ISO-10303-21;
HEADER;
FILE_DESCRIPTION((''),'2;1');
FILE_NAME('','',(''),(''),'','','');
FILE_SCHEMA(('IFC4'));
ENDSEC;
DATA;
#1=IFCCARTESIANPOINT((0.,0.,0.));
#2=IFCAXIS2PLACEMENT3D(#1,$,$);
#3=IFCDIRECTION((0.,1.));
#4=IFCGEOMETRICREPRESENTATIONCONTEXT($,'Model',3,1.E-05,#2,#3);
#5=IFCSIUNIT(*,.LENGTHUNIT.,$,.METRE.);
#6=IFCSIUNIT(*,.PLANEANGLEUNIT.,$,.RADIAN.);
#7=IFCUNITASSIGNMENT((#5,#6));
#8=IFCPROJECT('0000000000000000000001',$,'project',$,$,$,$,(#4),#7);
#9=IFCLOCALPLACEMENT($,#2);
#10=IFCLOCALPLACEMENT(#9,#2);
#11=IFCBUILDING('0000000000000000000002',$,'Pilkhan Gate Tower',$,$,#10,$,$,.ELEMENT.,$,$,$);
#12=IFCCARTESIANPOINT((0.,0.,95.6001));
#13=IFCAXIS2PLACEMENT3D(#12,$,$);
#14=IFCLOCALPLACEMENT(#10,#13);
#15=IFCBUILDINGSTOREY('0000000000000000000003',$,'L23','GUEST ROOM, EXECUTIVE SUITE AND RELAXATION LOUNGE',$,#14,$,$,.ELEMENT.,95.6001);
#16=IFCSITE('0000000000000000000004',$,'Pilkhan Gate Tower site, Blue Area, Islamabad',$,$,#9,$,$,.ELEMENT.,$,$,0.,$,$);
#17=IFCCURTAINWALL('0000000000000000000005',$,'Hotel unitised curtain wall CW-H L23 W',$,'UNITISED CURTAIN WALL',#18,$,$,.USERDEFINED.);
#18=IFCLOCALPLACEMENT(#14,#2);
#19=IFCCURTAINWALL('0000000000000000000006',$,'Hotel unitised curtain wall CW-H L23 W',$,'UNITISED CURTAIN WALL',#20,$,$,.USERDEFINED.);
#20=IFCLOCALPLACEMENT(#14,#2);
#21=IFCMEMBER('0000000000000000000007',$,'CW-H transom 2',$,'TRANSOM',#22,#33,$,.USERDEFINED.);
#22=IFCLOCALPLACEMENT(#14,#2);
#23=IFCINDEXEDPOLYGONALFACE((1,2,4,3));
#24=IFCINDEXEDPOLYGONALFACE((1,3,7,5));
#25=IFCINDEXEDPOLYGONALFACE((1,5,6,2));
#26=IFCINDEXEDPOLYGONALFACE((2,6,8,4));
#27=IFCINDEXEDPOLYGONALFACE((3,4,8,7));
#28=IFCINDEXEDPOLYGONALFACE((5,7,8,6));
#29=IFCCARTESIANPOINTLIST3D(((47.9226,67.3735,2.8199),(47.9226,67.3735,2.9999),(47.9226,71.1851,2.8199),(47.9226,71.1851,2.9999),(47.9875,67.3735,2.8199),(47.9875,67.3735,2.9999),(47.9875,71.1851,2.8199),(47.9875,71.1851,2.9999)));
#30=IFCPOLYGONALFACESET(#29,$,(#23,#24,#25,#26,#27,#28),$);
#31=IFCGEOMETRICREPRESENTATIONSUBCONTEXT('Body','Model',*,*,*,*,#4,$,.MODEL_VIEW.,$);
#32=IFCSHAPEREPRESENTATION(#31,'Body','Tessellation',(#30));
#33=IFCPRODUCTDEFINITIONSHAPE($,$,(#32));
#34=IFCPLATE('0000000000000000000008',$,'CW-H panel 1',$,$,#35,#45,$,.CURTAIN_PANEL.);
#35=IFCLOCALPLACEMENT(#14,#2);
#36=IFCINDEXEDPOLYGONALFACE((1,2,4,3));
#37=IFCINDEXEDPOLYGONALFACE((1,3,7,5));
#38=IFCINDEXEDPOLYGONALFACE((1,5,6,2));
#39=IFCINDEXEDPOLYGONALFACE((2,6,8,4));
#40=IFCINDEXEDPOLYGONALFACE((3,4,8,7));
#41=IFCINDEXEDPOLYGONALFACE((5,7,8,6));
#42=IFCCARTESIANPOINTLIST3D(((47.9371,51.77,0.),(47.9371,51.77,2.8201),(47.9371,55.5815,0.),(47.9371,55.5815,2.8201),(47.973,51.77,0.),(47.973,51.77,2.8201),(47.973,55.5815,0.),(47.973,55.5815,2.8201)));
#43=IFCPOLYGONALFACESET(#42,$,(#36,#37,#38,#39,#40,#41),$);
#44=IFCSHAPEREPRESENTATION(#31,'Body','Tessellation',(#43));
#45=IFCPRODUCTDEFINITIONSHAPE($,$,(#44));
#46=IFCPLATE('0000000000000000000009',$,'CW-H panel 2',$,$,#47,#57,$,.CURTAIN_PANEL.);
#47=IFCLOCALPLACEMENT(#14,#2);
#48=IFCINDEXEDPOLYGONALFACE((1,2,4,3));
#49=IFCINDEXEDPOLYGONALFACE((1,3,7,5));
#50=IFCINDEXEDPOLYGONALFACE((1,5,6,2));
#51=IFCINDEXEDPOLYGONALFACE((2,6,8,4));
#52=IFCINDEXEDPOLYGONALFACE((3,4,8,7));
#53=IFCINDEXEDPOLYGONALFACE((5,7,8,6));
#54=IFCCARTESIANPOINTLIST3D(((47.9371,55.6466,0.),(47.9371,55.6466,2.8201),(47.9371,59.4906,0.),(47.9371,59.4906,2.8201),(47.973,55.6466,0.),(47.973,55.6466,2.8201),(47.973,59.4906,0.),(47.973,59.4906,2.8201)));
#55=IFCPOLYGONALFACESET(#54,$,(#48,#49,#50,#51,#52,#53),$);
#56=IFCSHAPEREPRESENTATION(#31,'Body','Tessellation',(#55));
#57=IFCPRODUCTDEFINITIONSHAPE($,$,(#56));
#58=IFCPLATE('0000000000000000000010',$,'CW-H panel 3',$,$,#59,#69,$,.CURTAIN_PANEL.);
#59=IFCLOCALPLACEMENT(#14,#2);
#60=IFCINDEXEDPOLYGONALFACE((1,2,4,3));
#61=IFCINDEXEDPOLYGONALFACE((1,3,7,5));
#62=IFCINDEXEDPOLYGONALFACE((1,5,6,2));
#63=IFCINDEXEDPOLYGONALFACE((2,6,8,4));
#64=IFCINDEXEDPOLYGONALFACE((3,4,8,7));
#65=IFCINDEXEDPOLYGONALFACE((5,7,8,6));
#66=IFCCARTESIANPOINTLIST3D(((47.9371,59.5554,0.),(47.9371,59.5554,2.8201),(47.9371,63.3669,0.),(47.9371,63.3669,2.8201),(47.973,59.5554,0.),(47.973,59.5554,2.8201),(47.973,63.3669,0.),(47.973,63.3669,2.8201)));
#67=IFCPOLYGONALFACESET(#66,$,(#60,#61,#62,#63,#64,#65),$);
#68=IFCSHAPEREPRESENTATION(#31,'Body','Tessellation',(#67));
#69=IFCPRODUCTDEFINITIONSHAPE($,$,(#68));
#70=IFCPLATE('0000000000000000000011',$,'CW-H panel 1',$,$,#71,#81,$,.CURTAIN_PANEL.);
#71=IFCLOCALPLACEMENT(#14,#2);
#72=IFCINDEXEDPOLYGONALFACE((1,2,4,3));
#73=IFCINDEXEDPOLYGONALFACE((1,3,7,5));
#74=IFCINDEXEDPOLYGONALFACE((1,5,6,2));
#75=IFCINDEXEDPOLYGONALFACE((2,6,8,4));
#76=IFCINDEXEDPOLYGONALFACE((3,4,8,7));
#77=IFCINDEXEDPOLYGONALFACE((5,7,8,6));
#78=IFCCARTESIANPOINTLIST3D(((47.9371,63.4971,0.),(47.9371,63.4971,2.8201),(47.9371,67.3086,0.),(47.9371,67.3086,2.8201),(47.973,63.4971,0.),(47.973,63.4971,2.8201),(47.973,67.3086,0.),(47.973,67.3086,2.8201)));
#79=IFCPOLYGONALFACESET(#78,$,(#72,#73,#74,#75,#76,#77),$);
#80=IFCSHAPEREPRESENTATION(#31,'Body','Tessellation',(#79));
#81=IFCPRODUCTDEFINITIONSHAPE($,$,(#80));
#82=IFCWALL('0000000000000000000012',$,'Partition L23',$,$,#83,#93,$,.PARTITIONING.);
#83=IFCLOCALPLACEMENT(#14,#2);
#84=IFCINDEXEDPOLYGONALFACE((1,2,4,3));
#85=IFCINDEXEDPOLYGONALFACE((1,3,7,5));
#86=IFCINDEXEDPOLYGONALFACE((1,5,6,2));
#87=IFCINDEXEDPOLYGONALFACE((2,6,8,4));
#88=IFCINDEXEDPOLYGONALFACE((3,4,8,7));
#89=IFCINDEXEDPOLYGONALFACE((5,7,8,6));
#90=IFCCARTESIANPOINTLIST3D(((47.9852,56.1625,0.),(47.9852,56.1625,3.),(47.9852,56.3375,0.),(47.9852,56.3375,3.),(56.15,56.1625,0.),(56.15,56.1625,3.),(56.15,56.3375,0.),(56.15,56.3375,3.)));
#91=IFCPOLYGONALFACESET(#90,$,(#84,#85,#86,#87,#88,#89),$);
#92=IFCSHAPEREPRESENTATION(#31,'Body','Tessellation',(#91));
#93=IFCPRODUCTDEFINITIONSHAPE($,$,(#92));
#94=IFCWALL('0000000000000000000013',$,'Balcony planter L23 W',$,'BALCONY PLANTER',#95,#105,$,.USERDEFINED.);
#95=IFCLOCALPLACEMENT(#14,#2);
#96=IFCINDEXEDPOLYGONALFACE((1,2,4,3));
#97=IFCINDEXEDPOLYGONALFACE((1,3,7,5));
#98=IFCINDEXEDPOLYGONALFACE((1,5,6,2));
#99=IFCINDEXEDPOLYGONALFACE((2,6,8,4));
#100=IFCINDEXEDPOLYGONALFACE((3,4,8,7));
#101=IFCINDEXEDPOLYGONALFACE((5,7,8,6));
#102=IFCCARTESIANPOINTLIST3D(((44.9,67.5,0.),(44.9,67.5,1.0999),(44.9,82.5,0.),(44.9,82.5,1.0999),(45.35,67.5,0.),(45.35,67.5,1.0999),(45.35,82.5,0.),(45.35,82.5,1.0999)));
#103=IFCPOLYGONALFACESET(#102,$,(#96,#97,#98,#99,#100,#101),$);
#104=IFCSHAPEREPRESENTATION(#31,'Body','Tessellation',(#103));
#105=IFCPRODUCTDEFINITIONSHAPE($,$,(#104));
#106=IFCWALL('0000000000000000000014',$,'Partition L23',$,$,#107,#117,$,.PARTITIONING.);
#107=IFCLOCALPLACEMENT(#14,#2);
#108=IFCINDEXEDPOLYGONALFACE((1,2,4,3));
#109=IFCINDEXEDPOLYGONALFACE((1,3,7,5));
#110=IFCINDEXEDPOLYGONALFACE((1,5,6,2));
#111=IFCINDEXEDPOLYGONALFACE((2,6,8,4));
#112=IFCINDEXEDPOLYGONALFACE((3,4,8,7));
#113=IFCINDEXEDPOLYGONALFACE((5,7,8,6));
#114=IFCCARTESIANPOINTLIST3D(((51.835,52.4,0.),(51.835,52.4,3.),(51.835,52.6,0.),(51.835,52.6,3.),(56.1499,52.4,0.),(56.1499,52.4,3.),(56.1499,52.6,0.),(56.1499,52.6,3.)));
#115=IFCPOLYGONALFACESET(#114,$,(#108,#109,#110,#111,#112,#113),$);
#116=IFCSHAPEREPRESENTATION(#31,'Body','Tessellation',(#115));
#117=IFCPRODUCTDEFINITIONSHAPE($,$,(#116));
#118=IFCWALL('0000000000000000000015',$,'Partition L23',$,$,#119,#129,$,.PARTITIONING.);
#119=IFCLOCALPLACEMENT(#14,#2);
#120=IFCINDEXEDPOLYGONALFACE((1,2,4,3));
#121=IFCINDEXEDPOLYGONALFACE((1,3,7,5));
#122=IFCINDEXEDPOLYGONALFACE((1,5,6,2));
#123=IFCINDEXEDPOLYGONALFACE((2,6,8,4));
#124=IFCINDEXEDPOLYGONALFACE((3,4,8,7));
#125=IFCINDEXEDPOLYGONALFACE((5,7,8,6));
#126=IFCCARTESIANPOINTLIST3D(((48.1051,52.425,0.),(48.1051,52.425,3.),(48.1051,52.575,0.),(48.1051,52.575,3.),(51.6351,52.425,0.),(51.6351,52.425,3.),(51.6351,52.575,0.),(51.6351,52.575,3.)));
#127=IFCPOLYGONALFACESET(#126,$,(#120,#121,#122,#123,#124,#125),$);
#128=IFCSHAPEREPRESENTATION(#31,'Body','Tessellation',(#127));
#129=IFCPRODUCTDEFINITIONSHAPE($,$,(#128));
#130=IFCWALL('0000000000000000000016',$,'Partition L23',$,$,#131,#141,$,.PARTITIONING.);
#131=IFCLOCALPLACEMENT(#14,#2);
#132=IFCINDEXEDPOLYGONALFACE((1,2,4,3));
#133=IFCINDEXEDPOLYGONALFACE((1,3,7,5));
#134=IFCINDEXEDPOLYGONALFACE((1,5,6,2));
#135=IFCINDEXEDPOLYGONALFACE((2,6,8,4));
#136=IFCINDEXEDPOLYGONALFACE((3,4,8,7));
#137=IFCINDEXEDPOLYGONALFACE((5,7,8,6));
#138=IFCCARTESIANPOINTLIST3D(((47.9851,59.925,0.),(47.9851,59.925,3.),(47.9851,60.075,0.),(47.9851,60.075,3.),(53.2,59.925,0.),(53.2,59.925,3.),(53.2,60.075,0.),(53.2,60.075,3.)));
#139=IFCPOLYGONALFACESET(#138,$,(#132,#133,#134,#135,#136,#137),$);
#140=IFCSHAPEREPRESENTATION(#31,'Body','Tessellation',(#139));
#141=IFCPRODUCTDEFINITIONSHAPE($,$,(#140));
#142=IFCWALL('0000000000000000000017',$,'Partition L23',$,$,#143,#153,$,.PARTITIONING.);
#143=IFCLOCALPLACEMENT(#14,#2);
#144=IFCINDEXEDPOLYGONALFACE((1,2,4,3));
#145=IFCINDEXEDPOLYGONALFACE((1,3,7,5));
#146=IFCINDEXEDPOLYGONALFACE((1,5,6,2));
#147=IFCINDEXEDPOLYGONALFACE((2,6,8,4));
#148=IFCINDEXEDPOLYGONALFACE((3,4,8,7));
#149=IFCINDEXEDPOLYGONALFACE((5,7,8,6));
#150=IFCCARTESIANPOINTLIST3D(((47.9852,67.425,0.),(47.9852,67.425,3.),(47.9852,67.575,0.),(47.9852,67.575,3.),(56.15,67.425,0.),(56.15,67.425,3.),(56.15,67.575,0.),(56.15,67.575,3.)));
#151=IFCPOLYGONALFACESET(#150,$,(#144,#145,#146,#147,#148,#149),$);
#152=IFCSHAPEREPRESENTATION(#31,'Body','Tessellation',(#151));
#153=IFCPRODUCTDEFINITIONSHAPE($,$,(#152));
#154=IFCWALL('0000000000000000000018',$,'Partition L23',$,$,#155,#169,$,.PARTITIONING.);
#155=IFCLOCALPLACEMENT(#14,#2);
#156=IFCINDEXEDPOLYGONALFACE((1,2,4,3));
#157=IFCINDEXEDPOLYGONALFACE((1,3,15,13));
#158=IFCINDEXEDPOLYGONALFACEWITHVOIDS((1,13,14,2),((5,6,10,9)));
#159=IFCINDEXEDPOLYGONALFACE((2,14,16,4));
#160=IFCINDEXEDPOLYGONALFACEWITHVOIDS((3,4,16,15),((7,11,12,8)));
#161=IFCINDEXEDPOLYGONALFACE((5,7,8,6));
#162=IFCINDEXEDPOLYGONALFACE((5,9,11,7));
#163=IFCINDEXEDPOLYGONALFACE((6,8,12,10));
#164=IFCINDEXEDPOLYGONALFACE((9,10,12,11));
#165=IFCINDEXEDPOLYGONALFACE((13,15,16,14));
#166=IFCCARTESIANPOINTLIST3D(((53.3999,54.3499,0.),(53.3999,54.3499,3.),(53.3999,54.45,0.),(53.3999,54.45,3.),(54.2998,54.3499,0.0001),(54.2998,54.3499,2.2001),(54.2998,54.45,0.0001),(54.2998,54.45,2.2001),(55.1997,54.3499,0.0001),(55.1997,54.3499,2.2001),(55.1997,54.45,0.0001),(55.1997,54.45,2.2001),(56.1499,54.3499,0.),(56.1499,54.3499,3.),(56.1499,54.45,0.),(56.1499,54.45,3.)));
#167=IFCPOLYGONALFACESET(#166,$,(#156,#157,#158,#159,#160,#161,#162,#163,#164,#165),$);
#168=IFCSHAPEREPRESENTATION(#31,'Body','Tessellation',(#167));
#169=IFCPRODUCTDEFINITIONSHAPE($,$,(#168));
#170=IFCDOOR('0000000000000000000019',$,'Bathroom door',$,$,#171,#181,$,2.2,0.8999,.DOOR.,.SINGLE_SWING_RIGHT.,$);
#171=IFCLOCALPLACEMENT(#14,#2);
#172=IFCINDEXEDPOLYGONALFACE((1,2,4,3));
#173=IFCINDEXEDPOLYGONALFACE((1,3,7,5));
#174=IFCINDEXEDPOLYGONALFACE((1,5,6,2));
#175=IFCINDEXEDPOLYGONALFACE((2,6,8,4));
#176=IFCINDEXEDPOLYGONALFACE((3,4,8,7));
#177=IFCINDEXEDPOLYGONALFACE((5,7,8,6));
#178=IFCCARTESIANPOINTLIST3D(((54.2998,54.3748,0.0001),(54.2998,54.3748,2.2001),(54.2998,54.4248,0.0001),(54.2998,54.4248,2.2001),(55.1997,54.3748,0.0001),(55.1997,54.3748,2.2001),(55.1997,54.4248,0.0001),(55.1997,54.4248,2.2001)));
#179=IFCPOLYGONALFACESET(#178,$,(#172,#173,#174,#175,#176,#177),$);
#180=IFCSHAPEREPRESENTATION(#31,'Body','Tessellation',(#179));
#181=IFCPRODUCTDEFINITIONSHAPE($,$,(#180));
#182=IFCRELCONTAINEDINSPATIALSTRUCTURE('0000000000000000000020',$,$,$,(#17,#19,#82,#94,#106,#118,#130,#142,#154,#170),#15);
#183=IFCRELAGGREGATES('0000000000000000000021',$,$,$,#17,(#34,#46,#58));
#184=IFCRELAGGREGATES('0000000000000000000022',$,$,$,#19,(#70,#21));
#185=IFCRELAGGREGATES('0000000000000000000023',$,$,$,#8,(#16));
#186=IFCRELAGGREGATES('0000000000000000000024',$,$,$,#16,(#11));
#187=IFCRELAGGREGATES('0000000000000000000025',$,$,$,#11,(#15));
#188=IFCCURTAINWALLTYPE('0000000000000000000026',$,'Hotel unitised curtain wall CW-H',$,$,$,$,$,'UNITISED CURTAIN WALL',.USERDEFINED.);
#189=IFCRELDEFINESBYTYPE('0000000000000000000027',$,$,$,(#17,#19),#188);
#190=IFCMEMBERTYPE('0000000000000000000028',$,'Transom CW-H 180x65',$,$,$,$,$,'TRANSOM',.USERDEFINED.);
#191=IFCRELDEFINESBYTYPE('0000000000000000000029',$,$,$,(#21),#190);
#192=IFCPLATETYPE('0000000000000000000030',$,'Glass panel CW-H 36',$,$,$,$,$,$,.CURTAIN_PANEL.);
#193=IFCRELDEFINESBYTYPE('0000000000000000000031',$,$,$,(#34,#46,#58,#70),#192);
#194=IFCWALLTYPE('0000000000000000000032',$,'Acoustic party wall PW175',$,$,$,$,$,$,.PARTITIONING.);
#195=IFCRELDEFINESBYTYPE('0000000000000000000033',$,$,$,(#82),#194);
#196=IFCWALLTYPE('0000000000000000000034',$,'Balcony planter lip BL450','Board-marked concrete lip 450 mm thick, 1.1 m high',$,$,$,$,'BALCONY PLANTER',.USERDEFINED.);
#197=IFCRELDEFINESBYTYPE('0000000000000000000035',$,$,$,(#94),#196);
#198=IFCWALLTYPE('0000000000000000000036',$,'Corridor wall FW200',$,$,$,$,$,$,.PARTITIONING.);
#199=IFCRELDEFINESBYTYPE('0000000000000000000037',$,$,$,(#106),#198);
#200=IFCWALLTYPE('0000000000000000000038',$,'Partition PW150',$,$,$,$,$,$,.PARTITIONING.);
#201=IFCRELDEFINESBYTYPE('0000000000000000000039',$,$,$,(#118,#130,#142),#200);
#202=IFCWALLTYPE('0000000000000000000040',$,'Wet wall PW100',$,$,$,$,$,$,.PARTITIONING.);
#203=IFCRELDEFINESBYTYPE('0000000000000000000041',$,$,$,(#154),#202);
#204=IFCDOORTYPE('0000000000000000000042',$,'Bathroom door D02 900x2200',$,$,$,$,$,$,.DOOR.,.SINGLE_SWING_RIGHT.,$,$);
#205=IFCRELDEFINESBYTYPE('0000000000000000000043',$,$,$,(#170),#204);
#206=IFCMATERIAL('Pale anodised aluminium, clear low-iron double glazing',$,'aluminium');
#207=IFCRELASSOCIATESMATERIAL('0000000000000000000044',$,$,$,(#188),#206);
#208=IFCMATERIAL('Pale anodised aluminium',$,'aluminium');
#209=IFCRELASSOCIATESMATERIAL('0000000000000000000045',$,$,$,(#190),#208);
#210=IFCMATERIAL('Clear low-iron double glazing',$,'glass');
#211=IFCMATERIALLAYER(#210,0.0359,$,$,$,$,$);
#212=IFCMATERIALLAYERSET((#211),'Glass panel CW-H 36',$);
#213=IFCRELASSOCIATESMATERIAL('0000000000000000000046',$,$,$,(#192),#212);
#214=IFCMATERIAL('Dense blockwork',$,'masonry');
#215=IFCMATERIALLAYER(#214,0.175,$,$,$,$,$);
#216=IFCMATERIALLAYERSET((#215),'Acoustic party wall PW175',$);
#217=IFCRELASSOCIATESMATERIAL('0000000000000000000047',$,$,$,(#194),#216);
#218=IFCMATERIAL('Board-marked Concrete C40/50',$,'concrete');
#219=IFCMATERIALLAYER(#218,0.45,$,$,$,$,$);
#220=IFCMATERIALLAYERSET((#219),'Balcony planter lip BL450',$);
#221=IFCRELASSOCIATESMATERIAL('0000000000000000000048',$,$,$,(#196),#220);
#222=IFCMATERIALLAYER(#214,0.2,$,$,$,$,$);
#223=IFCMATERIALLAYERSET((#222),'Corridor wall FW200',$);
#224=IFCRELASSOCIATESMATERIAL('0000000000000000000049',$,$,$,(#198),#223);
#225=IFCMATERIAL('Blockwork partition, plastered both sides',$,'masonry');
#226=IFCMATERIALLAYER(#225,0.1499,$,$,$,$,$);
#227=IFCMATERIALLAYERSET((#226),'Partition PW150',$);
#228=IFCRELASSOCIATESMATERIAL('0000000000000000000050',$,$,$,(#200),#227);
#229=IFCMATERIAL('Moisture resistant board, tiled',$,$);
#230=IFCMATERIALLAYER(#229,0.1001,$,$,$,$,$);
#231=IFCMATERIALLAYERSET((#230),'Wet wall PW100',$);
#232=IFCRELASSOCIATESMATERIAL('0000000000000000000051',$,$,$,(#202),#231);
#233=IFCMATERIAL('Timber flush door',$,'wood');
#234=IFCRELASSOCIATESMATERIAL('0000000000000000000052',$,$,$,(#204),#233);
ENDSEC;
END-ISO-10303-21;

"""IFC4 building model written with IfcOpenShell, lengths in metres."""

from ifc_helpers import new_model, si_unit, direction, frame, frame_2d, origin, origin_2d, place, context, subcontext, project, spatial, rectangle, extrude, material, layer, layer_set, material_profile, profile_set, type_object, element, fill, aggregate, save


model = new_model("IFC4")

# Units and contexts
model_context = context("Model", 3, precision=1e-05, world=origin(), true_north=direction((0.0, 1.0)))
body_context = subcontext(model_context, "Body", "Model", "MODEL_VIEW")
ifc_project = project(units=[si_unit("LENGTHUNIT", "METRE"), si_unit("PLANEANGLEUNIT", "RADIAN")], contexts=[model_context])

# Site, building, storey
site_placement = place(None, origin())
site = spatial("IfcSite", under=ifc_project, at=site_placement, Name="Pilkhan Gate Tower site, Blue Area, Islamabad", CompositionType="ELEMENT", RefElevation=0.0)
building_placement = place(site_placement, origin())
building = spatial("IfcBuilding", under=site, at=building_placement, Name="Pilkhan Gate Tower", CompositionType="ELEMENT")
storey_placement = place(building_placement, frame((0.0, 0.0, 95.6001)))
storey = spatial("IfcBuildingStorey", under=building, at=storey_placement, Name="L23", Description="GUEST ROOM, EXECUTIVE SUITE AND RELAXATION LOUNGE", CompositionType="ELEMENT", Elevation=95.6001)

# Curtain walls
ifc_material_1 = material(Name="Pale anodised aluminium, clear low-iron double glazing", Category="aluminium")
curtain_wall_type = type_object("IfcCurtainWallType", Name="Hotel unitised curtain wall CW-H", ElementType="UNITISED CURTAIN WALL", PredefinedType="USERDEFINED", material=ifc_material_1)
curtain_wall_1_placement = place(storey_placement, origin())
curtain_wall_1 = element("IfcCurtainWall", 1, at=curtain_wall_1_placement, inside=storey, type_object=curtain_wall_type, Name="Hotel unitised curtain wall CW-H L23 W", ObjectType="UNITISED CURTAIN WALL", PredefinedType="USERDEFINED")
ifc_material_2 = material(Name="Pale anodised aluminium", Category="aluminium")
curtain_wall_2_placement = place(storey_placement, origin())
curtain_wall_2 = element("IfcCurtainWall", 2, at=curtain_wall_2_placement, inside=storey, type_object=curtain_wall_type, Name="Hotel unitised curtain wall CW-H L23 W", ObjectType="UNITISED CURTAIN WALL", PredefinedType="USERDEFINED")

# Member
ifc_material_profile_1 = material_profile(ifc_material_2, rectangle(XDim=0.0649, YDim=0.1799, at=origin_2d()), Name="Transom 180x65")
ifc_profile_set_1 = profile_set([ifc_material_profile_1], Name="Pale anodised aluminium")
member_type_1 = type_object("IfcMemberType", Name="Transom CW-H 180x65", ElementType="TRANSOM", PredefinedType="USERDEFINED", material=ifc_profile_set_1)
member_1_placement = place(storey_placement, frame((47.9551, 67.3735, 2.9099), z_axis=(0.0, 1.0, 0.0), x_axis=(-1.0, 0.0, 0.0)))
member_1 = element("IfcMember", 3, at=member_1_placement, type_object=member_type_1, Name="CW-H transom 2", ObjectType="TRANSOM", PredefinedType="USERDEFINED", context=body_context, shape_type="SweptSolid", body=[
    extrude(rectangle(XDim=0.0649, YDim=0.1799, at=origin_2d()), origin(), (0.0, 0.0, 1.0), 3.8115),
])

# Plates
ifc_material_3 = material(Name="Clear low-iron double glazing", Category="glass")
ifc_layer_1 = layer(ifc_material_3, 0.0359)
ifc_layer_set_1 = layer_set([ifc_layer_1], Name="Glass panel CW-H 36")
plate_type = type_object("IfcPlateType", Name="Glass panel CW-H 36", PredefinedType="CURTAIN_PANEL", material=ifc_layer_set_1)
plate_1_placement = place(storey_placement, frame((47.9551, 53.6758, 0.0), z_axis=(0.0, 0.0, 1.0), x_axis=(0.0, 1.0, 0.0)))
plate_1 = element("IfcPlate", 4, at=plate_1_placement, type_object=plate_type, Name="CW-H panel 1", PredefinedType="CURTAIN_PANEL", context=body_context, shape_type="SweptSolid", body=[
    extrude(rectangle(XDim=3.8115, YDim=0.0359, at=origin_2d()), origin(), (0.0, 0.0, 1.0), 2.8201),
])
plate_2_placement = place(storey_placement, frame((47.9551, 57.5686, 0.0), z_axis=(0.0, 0.0, 1.0), x_axis=(0.0, 1.0, 0.0)))
plate_2 = element("IfcPlate", 5, at=plate_2_placement, type_object=plate_type, Name="CW-H panel 2", PredefinedType="CURTAIN_PANEL", context=body_context, shape_type="SweptSolid", body=[
    extrude(rectangle(XDim=3.844, YDim=0.0359, at=origin_2d()), origin(), (0.0, 0.0, 1.0), 2.8201),
])
plate_3_placement = place(storey_placement, frame((47.9551, 61.4612, 0.0), z_axis=(0.0, 0.0, 1.0), x_axis=(0.0, 1.0, 0.0)))
plate_3 = element("IfcPlate", 6, at=plate_3_placement, type_object=plate_type, Name="CW-H panel 3", PredefinedType="CURTAIN_PANEL", context=body_context, shape_type="SweptSolid", body=[
    extrude(rectangle(XDim=3.8115, YDim=0.0359, at=origin_2d()), origin(), (0.0, 0.0, 1.0), 2.8201),
])
aggregate(curtain_wall_1, [plate_1, plate_2, plate_3])
plate_4_placement = place(storey_placement, frame((47.9551, 65.4028, 0.0), z_axis=(0.0, 0.0, 1.0), x_axis=(0.0, 1.0, 0.0)))
plate_4 = element("IfcPlate", 7, at=plate_4_placement, type_object=plate_type, Name="CW-H panel 1", PredefinedType="CURTAIN_PANEL", context=body_context, shape_type="SweptSolid", body=[
    extrude(rectangle(XDim=3.8115, YDim=0.0359, at=origin_2d()), origin(), (0.0, 0.0, 1.0), 2.8201),
])
aggregate(curtain_wall_2, [plate_4, member_1])

# Walls
ifc_material_4 = material(Name="Dense blockwork", Category="masonry")
ifc_layer_2 = layer(ifc_material_4, 0.175)
ifc_layer_set_2 = layer_set([ifc_layer_2], Name="Acoustic party wall PW175")
wall_type_1 = type_object("IfcWallType", Name="Acoustic party wall PW175", PredefinedType="PARTITIONING", material=ifc_layer_set_2)
wall_1_placement = place(storey_placement, frame((47.9851, 56.25, 0.0), z_axis=(0.0, 0.0, 1.0), x_axis=(1.0, 0.0, 0.0)))
element("IfcWall", 8, at=wall_1_placement, inside=storey, type_object=wall_type_1, Name="Partition L23", PredefinedType="PARTITIONING", context=body_context, shape_type="SweptSolid", body=[
    extrude(rectangle(XDim=8.1648, YDim=0.175, at=frame_2d((4.0825, 0.0))), origin(), (0.0, 0.0, 1.0), 3.0),
])
ifc_material_5 = material(Name="Board-marked Concrete C40/50", Category="concrete")
ifc_layer_3 = layer(ifc_material_5, 0.45)
ifc_layer_set_3 = layer_set([ifc_layer_3], Name="Balcony planter lip BL450")
wall_type_2 = type_object("IfcWallType", Name="Balcony planter lip BL450", Description="Board-marked concrete lip 450 mm thick, 1.1 m high", ElementType="BALCONY PLANTER", PredefinedType="USERDEFINED", material=ifc_layer_set_3)
wall_2_placement = place(storey_placement, frame((45.125, 67.5, 0.0), z_axis=(0.0, 0.0, 1.0), x_axis=(0.0, 1.0, 0.0)))
element("IfcWall", 9, at=wall_2_placement, inside=storey, type_object=wall_type_2, Name="Balcony planter L23 W", ObjectType="BALCONY PLANTER", PredefinedType="USERDEFINED", context=body_context, shape_type="SweptSolid", body=[
    extrude(rectangle(XDim=15.0, YDim=0.45, at=frame_2d((7.5, 0.0))), origin(), (0.0, 0.0, 1.0), 1.0999),
])
ifc_layer_4 = layer(ifc_material_4, 0.2)
ifc_layer_set_4 = layer_set([ifc_layer_4], Name="Corridor wall FW200")
wall_type_3 = type_object("IfcWallType", Name="Corridor wall FW200", PredefinedType="PARTITIONING", material=ifc_layer_set_4)
wall_3_placement = place(storey_placement, frame((51.835, 52.5, 0.0), z_axis=(0.0, 0.0, 1.0), x_axis=(1.0, 0.0, 0.0)))
element("IfcWall", 10, at=wall_3_placement, inside=storey, type_object=wall_type_3, Name="Partition L23", PredefinedType="PARTITIONING", context=body_context, shape_type="SweptSolid", body=[
    extrude(rectangle(XDim=4.3149, YDim=0.2, at=frame_2d((2.1575, 0.0))), origin(), (0.0, 0.0, 1.0), 3.0),
])
ifc_material_6 = material(Name="Blockwork partition, plastered both sides", Category="masonry")
ifc_layer_5 = layer(ifc_material_6, 0.1499)
ifc_layer_set_5 = layer_set([ifc_layer_5], Name="Partition PW150")
wall_type_4 = type_object("IfcWallType", Name="Partition PW150", PredefinedType="PARTITIONING", material=ifc_layer_set_5)
wall_4_placement = place(storey_placement, frame((48.105, 52.5, 0.0), z_axis=(0.0, 0.0, 1.0), x_axis=(1.0, 0.0, 0.0)))
element("IfcWall", 11, at=wall_4_placement, inside=storey, type_object=wall_type_4, Name="Partition L23", PredefinedType="PARTITIONING", context=body_context, shape_type="SweptSolid", body=[
    extrude(rectangle(XDim=3.53, YDim=0.1499, at=frame_2d((1.7651, 0.0))), origin(), (0.0, 0.0, 1.0), 3.0),
])
wall_5_placement = place(storey_placement, frame((47.9851, 60.0, 0.0), z_axis=(0.0, 0.0, 1.0), x_axis=(1.0, 0.0, 0.0)))
element("IfcWall", 12, at=wall_5_placement, inside=storey, type_object=wall_type_4, Name="Partition L23", PredefinedType="PARTITIONING", context=body_context, shape_type="SweptSolid", body=[
    extrude(rectangle(XDim=5.2148, YDim=0.1499, at=frame_2d((2.6074, 0.0))), origin(), (0.0, 0.0, 1.0), 3.0),
])
wall_6_placement = place(storey_placement, frame((47.9851, 67.5, 0.0), z_axis=(0.0, 0.0, 1.0), x_axis=(1.0, 0.0, 0.0)))
element("IfcWall", 13, at=wall_6_placement, inside=storey, type_object=wall_type_4, Name="Partition L23", PredefinedType="PARTITIONING", context=body_context, shape_type="SweptSolid", body=[
    extrude(rectangle(XDim=8.1648, YDim=0.1499, at=frame_2d((4.0825, 0.0))), origin(), (0.0, 0.0, 1.0), 3.0),
])

# Wall, opening, door
ifc_material_7 = material(Name="Moisture resistant board, tiled")
ifc_layer_6 = layer(ifc_material_7, 0.1001)
ifc_layer_set_6 = layer_set([ifc_layer_6], Name="Wet wall PW100")
wall_type_5 = type_object("IfcWallType", Name="Wet wall PW100", PredefinedType="PARTITIONING", material=ifc_layer_set_6)
wall_7_placement = place(storey_placement, frame((53.3999, 54.3999, 0.0), z_axis=(0.0, 0.0, 1.0), x_axis=(1.0, 0.0, 0.0)))
wall_7 = element("IfcWall", 14, at=wall_7_placement, inside=storey, type_object=wall_type_5, Name="Partition L23", PredefinedType="PARTITIONING", context=body_context, shape_type="SweptSolid", body=[
    extrude(rectangle(XDim=2.75, YDim=0.1001, at=frame_2d((1.375, 0.0))), origin(), (0.0, 0.0, 1.0), 3.0),
])
opening_1_placement = place(wall_7_placement, frame((0.8999, 0.0, 0.0)))
opening_1 = element("IfcOpeningElement", 15, at=opening_1_placement, cuts=wall_7, PredefinedType="OPENING", context=body_context, shape_type="SweptSolid", body=[
    extrude(rectangle(XDim=0.8999, YDim=2.2, at=frame_2d((0.45, 1.1001))), frame((0.0, 0.0601, 0.0), z_axis=(0.0, -1.0, 0.0), x_axis=(1.0, 0.0, 0.0)), (0.0, 0.0, 1.0), 0.1201),
])
ifc_material_8 = material(Name="Timber flush door", Category="wood")
door_type = type_object("IfcDoorType", Name="Bathroom door D02 900x2200", OperationType="SINGLE_SWING_RIGHT", PredefinedType="DOOR", material=ifc_material_8)
door_1_placement = place(opening_1_placement, origin())
door_1 = element("IfcDoor", 16, at=door_1_placement, inside=storey, type_object=door_type, Name="Bathroom door", OperationType="SINGLE_SWING_RIGHT", OverallHeight=2.2, OverallWidth=0.8999, PredefinedType="DOOR", context=body_context, shape_type="SweptSolid", body=[
    extrude(rectangle(XDim=0.8999, YDim=2.2, at=frame_2d((0.45, 1.1001))), frame((0.0, 0.0249, 0.0), z_axis=(0.0, -1.0, 0.0), x_axis=(1.0, 0.0, 0.0)), (0.0, 0.0, 1.0), 0.05),
])
fill(opening_1, door_1)

save(model, "model.ifc")
